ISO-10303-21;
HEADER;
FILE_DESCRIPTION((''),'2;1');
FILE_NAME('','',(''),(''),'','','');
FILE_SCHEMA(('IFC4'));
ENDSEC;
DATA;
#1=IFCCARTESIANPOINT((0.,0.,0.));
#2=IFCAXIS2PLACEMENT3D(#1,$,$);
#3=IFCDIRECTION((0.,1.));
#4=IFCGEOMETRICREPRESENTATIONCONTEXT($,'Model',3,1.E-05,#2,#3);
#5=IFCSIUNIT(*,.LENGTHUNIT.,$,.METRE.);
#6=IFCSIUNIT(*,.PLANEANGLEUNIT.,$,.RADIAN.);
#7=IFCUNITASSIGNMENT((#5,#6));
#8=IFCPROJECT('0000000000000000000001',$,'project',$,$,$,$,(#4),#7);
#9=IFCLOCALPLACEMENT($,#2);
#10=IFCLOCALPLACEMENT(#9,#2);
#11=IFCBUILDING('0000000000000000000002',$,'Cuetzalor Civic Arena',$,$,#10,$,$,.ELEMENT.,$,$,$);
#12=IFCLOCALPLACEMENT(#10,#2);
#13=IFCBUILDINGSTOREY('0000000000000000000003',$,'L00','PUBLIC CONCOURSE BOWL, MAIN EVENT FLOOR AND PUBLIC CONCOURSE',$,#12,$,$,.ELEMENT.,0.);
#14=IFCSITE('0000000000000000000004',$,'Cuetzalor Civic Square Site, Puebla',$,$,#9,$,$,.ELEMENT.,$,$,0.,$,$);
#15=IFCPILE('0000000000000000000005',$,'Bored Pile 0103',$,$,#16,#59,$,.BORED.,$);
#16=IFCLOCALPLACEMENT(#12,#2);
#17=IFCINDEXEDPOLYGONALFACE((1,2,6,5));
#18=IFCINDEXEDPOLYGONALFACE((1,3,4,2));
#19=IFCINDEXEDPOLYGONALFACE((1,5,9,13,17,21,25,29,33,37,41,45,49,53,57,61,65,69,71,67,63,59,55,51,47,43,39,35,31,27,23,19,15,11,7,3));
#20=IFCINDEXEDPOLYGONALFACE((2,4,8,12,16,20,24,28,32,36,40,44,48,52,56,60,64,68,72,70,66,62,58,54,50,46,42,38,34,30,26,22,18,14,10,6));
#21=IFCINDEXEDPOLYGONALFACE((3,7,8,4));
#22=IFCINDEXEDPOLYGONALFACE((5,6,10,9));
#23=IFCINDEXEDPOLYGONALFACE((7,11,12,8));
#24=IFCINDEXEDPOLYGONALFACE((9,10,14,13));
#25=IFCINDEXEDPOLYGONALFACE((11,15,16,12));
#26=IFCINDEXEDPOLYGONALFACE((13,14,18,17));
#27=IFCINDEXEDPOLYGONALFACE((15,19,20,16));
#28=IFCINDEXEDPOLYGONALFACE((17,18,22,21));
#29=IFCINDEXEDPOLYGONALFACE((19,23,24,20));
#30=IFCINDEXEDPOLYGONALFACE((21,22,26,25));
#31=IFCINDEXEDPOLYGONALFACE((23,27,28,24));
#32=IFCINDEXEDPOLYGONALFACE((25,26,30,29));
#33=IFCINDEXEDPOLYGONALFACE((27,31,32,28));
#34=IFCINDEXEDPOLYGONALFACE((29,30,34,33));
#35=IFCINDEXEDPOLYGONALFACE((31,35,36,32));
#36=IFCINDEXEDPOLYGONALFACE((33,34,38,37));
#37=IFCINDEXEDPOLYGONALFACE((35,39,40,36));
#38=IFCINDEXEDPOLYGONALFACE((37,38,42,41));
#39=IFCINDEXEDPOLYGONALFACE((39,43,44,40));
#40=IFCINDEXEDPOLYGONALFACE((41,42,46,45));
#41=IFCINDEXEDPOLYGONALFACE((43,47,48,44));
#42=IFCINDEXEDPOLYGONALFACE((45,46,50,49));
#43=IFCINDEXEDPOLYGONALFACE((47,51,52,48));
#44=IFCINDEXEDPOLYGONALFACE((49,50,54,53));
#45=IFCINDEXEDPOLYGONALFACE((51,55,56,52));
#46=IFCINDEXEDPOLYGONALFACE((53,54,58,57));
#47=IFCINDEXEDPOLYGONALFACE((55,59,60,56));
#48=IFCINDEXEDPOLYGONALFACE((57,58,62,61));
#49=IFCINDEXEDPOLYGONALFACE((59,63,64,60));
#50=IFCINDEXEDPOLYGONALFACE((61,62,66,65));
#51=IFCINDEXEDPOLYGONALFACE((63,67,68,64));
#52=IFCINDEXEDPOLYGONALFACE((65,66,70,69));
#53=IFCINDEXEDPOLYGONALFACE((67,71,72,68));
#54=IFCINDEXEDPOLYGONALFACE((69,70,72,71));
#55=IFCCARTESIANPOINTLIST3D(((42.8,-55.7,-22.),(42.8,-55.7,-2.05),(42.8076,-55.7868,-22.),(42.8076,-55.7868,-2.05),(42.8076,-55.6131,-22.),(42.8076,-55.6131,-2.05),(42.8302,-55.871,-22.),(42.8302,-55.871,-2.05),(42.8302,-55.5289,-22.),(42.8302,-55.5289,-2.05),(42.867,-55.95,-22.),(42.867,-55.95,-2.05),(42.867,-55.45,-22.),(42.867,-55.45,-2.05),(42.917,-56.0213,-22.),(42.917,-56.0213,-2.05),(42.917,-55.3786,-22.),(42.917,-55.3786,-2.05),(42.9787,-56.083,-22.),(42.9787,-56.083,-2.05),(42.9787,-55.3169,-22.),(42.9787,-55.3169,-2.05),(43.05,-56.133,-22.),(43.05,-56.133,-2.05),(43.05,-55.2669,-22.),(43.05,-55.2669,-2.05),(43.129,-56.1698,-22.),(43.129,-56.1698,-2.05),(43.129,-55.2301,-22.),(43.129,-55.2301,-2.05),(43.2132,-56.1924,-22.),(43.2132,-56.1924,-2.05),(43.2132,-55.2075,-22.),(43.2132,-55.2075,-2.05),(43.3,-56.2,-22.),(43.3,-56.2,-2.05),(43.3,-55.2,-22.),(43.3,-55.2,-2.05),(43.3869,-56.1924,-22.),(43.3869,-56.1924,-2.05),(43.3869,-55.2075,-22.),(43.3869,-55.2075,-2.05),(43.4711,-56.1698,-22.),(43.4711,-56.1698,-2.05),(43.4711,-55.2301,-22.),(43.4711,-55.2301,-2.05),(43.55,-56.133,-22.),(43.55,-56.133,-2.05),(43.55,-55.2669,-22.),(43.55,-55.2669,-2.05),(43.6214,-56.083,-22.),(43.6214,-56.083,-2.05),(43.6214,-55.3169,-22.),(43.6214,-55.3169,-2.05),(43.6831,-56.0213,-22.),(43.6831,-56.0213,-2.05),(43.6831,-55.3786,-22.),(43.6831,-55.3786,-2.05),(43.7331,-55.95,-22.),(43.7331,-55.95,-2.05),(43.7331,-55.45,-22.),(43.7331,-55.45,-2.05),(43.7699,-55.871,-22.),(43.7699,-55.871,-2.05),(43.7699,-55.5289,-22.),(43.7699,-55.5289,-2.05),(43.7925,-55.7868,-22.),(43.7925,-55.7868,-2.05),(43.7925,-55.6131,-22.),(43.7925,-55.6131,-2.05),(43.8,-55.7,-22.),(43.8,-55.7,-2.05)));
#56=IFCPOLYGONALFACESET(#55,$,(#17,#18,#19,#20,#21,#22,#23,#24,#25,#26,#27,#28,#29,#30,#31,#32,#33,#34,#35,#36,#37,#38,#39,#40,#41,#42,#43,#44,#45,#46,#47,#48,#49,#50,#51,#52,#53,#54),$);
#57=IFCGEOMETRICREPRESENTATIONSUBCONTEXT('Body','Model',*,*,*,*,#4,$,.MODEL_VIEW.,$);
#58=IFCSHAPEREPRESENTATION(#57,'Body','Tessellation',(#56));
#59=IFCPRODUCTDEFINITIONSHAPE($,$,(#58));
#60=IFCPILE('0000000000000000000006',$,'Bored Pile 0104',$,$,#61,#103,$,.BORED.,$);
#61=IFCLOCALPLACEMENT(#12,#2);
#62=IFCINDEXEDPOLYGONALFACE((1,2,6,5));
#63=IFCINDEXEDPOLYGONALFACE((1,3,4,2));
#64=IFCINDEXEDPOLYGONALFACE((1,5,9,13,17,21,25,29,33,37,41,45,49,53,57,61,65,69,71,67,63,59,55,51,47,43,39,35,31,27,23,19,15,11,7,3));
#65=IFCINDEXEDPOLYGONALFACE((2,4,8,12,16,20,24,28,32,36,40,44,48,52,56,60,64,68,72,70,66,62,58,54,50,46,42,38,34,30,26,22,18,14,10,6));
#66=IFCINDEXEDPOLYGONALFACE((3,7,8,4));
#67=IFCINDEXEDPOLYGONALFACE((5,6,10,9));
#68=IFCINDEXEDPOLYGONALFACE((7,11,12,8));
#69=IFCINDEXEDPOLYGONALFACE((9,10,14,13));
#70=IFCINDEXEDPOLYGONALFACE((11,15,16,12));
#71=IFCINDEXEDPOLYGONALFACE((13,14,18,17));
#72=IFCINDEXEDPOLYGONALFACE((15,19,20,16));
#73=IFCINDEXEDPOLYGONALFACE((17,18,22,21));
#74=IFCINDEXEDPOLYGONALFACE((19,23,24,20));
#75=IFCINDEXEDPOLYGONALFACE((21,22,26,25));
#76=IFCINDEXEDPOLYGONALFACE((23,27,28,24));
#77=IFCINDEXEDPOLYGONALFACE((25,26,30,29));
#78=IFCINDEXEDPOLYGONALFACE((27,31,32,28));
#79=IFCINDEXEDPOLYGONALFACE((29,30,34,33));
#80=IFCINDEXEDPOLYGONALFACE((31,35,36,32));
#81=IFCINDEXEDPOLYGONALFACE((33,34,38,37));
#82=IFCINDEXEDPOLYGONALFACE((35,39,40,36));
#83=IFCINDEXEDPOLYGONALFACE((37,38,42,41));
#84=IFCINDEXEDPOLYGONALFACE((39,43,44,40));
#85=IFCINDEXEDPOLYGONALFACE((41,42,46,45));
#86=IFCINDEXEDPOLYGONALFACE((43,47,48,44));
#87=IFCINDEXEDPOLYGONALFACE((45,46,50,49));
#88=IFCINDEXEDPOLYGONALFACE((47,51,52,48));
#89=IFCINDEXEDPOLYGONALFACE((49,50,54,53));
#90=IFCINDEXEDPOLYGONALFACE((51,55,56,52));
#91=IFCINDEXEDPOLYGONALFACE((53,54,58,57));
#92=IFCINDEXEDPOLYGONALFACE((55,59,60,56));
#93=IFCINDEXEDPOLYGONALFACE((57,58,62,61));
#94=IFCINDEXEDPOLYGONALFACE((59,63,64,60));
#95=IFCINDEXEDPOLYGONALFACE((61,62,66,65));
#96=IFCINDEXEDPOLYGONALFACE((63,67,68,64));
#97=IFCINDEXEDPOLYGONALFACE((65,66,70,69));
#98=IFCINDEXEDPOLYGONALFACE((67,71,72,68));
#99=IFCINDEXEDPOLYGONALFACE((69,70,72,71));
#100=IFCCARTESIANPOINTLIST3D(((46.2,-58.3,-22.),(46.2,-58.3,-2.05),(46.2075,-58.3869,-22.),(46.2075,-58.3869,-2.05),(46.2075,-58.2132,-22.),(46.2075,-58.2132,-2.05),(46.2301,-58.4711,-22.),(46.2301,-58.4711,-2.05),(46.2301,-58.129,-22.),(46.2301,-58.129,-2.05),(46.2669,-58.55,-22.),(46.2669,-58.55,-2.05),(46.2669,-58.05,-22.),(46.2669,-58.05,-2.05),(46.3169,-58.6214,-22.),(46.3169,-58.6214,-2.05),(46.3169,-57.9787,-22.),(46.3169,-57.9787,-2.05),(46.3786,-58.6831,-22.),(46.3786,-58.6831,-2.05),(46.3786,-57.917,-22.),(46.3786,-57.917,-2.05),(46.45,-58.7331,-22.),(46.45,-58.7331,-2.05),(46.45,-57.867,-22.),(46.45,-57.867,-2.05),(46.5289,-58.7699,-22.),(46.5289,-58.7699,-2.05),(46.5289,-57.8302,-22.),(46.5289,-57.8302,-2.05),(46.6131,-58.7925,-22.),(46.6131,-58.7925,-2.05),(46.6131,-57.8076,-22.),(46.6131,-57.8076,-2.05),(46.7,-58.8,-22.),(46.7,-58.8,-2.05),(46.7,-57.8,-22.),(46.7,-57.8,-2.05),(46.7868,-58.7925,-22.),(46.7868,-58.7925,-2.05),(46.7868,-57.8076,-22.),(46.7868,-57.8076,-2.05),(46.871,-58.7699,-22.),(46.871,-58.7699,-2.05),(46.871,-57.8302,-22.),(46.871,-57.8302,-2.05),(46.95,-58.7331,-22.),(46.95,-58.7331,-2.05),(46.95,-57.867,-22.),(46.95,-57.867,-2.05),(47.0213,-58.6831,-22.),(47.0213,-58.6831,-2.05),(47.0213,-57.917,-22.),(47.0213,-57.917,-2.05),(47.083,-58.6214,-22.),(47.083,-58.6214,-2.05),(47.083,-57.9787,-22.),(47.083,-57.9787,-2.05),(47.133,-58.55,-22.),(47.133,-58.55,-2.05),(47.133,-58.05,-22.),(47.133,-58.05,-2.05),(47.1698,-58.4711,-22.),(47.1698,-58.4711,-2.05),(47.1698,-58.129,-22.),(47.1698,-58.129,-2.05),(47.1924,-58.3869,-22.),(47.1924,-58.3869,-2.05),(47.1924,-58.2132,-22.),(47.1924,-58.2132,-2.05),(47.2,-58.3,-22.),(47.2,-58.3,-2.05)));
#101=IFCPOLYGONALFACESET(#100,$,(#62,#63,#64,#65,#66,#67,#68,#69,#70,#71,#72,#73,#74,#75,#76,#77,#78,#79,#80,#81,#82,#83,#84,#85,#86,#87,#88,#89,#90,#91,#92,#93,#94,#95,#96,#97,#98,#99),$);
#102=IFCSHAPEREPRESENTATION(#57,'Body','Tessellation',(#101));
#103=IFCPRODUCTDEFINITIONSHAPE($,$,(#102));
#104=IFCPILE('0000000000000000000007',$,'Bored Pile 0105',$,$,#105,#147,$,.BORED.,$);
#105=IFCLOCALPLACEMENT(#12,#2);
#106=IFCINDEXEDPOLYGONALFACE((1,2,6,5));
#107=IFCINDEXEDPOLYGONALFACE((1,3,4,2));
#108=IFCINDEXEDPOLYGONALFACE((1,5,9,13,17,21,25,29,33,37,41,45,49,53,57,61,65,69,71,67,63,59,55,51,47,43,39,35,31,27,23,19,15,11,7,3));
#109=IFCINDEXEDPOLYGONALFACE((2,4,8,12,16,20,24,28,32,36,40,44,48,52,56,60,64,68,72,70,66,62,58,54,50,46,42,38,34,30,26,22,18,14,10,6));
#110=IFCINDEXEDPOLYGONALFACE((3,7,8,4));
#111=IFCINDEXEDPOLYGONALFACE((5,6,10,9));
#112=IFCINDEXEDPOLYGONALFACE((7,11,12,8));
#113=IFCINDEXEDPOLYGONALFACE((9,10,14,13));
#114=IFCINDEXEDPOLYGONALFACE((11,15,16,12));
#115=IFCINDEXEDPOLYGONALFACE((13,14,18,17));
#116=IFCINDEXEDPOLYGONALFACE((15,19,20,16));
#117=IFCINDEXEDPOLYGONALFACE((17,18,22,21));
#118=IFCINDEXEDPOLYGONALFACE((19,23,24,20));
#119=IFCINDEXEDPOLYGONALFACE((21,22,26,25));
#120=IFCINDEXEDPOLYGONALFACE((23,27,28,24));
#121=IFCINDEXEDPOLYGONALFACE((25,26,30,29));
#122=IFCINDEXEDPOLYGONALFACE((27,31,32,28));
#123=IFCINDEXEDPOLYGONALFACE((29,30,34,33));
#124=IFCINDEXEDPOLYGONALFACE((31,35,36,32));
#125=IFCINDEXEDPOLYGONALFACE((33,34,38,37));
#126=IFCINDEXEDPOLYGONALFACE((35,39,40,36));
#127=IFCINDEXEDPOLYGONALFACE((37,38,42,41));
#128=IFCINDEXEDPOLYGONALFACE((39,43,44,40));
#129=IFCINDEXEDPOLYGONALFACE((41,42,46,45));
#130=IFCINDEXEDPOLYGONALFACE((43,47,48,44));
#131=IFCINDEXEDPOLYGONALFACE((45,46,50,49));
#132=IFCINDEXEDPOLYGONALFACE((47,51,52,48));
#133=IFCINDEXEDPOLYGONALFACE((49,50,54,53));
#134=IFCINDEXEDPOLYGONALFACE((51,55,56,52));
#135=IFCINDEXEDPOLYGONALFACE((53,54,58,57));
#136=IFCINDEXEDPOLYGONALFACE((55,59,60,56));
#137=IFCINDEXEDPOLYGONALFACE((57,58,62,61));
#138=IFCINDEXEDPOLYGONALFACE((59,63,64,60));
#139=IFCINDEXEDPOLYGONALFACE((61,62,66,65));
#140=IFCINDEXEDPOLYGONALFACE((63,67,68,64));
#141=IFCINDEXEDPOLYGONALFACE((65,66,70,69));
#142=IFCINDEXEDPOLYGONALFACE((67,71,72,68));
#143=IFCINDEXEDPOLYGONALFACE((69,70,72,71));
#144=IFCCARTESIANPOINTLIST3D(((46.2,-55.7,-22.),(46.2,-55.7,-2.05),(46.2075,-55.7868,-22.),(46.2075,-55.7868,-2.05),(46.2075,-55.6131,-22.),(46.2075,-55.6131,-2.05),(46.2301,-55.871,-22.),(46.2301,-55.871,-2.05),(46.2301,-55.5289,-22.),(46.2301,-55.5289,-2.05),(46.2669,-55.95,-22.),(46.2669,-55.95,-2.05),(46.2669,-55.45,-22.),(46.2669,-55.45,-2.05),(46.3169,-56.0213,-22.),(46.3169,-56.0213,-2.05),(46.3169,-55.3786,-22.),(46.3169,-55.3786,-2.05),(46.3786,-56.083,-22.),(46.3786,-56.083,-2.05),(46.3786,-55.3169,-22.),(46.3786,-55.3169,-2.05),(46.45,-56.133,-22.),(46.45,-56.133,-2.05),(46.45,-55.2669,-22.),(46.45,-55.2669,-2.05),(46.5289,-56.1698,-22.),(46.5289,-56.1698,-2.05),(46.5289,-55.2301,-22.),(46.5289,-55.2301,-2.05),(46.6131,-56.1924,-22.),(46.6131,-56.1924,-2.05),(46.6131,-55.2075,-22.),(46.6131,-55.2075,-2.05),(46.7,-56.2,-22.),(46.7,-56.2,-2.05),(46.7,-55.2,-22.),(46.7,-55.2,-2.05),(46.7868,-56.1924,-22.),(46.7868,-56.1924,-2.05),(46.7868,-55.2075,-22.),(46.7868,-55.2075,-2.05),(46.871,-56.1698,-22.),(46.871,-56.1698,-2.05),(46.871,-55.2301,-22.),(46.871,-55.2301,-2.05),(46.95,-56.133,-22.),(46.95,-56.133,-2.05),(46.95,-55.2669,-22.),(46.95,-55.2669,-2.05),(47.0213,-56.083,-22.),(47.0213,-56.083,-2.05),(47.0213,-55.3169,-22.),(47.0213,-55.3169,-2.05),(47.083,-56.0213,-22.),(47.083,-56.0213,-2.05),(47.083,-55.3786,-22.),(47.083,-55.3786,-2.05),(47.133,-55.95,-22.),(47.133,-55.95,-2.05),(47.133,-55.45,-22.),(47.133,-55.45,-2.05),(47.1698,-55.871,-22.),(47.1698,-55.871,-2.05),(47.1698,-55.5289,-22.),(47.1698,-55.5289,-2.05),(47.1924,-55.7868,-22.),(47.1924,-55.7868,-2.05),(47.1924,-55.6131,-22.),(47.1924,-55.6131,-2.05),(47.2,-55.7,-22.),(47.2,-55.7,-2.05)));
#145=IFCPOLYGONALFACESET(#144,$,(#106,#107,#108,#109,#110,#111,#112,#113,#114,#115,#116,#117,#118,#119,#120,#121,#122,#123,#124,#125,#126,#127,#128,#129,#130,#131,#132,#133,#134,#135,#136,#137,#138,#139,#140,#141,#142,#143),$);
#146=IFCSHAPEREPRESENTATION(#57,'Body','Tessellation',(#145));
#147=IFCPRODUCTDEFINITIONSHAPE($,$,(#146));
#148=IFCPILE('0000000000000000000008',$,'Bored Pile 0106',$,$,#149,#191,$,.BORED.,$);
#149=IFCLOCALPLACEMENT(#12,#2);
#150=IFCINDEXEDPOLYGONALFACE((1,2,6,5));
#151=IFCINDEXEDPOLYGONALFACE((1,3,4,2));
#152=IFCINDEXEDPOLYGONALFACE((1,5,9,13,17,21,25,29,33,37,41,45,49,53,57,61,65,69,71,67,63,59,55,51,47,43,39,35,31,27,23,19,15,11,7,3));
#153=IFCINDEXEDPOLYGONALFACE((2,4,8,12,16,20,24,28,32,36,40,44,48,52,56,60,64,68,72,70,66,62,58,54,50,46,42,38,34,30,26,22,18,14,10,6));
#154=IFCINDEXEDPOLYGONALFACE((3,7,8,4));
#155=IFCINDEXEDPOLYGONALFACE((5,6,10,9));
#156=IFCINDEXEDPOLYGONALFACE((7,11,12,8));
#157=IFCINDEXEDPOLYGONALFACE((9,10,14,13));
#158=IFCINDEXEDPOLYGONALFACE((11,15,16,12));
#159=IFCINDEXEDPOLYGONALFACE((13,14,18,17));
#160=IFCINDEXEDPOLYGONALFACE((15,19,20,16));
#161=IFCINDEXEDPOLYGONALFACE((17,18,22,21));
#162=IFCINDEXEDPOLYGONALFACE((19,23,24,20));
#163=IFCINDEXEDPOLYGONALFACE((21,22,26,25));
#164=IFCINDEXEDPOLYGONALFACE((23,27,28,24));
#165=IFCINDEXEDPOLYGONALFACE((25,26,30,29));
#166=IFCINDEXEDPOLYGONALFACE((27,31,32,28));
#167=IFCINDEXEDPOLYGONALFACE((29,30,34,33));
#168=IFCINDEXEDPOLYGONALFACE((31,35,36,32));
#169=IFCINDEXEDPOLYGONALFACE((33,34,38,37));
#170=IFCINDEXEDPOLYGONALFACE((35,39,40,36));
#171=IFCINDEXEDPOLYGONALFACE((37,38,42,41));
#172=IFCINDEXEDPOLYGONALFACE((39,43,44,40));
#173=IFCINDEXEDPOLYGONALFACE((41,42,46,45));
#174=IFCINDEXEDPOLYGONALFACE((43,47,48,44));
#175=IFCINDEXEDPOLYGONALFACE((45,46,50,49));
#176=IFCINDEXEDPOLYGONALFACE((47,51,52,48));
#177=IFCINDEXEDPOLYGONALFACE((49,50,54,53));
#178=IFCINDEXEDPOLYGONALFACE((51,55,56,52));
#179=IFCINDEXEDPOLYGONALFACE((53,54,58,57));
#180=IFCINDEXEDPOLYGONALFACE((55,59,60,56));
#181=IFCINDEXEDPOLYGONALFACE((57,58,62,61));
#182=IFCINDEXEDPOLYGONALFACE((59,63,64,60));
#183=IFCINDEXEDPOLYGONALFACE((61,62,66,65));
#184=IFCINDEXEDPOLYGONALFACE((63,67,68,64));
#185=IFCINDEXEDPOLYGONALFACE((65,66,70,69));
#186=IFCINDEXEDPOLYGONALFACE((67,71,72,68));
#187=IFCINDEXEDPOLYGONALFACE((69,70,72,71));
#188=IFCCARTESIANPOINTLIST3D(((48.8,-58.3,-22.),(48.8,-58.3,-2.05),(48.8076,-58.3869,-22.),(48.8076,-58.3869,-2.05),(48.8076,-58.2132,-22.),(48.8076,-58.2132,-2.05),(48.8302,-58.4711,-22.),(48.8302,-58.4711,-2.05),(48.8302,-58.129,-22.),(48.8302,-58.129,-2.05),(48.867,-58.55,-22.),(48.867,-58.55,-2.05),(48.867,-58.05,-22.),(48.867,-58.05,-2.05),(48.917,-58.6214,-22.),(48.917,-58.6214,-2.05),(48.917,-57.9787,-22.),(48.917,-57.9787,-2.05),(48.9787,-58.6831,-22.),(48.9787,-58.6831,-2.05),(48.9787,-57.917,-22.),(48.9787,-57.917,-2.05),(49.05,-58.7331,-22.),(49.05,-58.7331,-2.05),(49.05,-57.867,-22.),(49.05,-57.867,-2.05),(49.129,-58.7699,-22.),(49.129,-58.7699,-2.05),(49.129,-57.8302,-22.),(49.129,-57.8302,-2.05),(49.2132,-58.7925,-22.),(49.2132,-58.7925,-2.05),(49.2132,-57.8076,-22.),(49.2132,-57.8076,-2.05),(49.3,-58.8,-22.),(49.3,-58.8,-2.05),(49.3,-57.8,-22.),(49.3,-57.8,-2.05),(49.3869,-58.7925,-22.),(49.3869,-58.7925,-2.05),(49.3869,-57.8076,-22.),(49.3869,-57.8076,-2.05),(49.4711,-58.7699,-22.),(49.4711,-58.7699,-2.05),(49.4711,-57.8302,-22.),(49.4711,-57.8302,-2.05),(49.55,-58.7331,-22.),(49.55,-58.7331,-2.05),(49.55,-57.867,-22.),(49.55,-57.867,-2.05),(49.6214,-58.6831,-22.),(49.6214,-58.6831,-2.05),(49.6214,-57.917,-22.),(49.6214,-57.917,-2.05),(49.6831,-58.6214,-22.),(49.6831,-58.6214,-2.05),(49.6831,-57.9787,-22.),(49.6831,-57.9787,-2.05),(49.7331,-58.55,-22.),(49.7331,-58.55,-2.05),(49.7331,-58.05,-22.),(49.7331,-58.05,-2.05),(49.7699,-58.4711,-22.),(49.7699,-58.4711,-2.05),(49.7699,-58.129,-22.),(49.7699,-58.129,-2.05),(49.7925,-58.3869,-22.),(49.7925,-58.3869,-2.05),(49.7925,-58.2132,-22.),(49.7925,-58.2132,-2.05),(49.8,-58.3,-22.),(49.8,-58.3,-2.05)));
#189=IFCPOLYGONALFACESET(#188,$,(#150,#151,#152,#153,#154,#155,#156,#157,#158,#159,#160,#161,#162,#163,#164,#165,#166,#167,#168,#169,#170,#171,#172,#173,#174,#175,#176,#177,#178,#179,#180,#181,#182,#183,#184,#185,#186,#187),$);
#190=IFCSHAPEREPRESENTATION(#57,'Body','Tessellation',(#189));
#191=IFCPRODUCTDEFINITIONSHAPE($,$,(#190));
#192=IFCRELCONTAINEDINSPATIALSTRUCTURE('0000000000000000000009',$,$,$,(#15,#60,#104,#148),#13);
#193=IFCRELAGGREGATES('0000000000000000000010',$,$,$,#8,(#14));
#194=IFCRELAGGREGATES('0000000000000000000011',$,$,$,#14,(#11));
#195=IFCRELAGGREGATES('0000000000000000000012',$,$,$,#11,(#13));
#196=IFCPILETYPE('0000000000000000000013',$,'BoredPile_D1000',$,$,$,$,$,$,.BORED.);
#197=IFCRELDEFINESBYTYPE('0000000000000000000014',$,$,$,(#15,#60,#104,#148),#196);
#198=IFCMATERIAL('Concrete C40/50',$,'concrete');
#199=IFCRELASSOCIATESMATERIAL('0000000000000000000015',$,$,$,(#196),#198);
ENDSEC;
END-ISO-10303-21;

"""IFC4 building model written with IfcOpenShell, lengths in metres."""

from ifc_helpers import new_model, si_unit, direction, frame, origin, origin_2d, place, context, subcontext, project, spatial, circle, extrude, material, material_profile, profile_set, type_object, element, save


model = new_model("IFC4")

# Units and contexts
model_context = context("Model", 3, precision=1e-05, world=origin(), true_north=direction((0.0, 1.0)))
body_context = subcontext(model_context, "Body", "Model", "MODEL_VIEW")
ifc_project = project(units=[si_unit("LENGTHUNIT", "METRE"), si_unit("PLANEANGLEUNIT", "RADIAN")], contexts=[model_context])

# Site, building, storey
site_placement = place(None, origin())
site = spatial("IfcSite", under=ifc_project, at=site_placement, Name="Cuetzalor Civic Square Site, Puebla", CompositionType="ELEMENT", RefElevation=0.0)
building_placement = place(site_placement, origin())
building = spatial("IfcBuilding", under=site, at=building_placement, Name="Cuetzalor Civic Arena", CompositionType="ELEMENT")
storey_placement = place(building_placement, origin())
storey = spatial("IfcBuildingStorey", under=building, at=storey_placement, Name="L00", Description="PUBLIC CONCOURSE BOWL, MAIN EVENT FLOOR AND PUBLIC CONCOURSE", CompositionType="ELEMENT", Elevation=0.0)

# Piles
ifc_material_1 = material(Name="Concrete C40/50", Category="concrete")
ifc_material_profile_1 = material_profile(ifc_material_1, circle(Radius=0.5, at=origin_2d()), Name="BORED PILE D1000")
ifc_profile_set_1 = profile_set([ifc_material_profile_1], Name="Concrete C40/50")
pile_type = type_object("IfcPileType", Name="BoredPile_D1000", PredefinedType="BORED", material=ifc_profile_set_1)
for number, where, z_axis, x_axis, name in (
    (1, (43.3, -55.7, -2.05), (0.0, 0.0, -1.0), (1.0, 0.0, 0.0), "Bored Pile 0103"),
    (2, (46.7, -58.3, -2.05), (0.0, 0.0, -1.0), (1.0, 0.0, 0.0), "Bored Pile 0104"),
    (3, (46.7, -55.7, -2.05), (0.0, 0.0, -1.0), (1.0, 0.0, 0.0), "Bored Pile 0105"),
    (4, (49.3, -58.3, -2.05), (0.0, 0.0, -1.0), (1.0, 0.0, 0.0), "Bored Pile 0106"),
):
    element("IfcPile", number, at=place(storey_placement, frame(where, z_axis=z_axis, x_axis=x_axis)), inside=storey, type_object=pile_type, Name=name, PredefinedType="BORED", context=body_context, shape_type="SweptSolid", body=[
        extrude(circle(Radius=0.5, at=origin_2d()), origin(), (0.0, 0.0, 1.0), 19.95),
    ])

save(model, "model.ifc")
